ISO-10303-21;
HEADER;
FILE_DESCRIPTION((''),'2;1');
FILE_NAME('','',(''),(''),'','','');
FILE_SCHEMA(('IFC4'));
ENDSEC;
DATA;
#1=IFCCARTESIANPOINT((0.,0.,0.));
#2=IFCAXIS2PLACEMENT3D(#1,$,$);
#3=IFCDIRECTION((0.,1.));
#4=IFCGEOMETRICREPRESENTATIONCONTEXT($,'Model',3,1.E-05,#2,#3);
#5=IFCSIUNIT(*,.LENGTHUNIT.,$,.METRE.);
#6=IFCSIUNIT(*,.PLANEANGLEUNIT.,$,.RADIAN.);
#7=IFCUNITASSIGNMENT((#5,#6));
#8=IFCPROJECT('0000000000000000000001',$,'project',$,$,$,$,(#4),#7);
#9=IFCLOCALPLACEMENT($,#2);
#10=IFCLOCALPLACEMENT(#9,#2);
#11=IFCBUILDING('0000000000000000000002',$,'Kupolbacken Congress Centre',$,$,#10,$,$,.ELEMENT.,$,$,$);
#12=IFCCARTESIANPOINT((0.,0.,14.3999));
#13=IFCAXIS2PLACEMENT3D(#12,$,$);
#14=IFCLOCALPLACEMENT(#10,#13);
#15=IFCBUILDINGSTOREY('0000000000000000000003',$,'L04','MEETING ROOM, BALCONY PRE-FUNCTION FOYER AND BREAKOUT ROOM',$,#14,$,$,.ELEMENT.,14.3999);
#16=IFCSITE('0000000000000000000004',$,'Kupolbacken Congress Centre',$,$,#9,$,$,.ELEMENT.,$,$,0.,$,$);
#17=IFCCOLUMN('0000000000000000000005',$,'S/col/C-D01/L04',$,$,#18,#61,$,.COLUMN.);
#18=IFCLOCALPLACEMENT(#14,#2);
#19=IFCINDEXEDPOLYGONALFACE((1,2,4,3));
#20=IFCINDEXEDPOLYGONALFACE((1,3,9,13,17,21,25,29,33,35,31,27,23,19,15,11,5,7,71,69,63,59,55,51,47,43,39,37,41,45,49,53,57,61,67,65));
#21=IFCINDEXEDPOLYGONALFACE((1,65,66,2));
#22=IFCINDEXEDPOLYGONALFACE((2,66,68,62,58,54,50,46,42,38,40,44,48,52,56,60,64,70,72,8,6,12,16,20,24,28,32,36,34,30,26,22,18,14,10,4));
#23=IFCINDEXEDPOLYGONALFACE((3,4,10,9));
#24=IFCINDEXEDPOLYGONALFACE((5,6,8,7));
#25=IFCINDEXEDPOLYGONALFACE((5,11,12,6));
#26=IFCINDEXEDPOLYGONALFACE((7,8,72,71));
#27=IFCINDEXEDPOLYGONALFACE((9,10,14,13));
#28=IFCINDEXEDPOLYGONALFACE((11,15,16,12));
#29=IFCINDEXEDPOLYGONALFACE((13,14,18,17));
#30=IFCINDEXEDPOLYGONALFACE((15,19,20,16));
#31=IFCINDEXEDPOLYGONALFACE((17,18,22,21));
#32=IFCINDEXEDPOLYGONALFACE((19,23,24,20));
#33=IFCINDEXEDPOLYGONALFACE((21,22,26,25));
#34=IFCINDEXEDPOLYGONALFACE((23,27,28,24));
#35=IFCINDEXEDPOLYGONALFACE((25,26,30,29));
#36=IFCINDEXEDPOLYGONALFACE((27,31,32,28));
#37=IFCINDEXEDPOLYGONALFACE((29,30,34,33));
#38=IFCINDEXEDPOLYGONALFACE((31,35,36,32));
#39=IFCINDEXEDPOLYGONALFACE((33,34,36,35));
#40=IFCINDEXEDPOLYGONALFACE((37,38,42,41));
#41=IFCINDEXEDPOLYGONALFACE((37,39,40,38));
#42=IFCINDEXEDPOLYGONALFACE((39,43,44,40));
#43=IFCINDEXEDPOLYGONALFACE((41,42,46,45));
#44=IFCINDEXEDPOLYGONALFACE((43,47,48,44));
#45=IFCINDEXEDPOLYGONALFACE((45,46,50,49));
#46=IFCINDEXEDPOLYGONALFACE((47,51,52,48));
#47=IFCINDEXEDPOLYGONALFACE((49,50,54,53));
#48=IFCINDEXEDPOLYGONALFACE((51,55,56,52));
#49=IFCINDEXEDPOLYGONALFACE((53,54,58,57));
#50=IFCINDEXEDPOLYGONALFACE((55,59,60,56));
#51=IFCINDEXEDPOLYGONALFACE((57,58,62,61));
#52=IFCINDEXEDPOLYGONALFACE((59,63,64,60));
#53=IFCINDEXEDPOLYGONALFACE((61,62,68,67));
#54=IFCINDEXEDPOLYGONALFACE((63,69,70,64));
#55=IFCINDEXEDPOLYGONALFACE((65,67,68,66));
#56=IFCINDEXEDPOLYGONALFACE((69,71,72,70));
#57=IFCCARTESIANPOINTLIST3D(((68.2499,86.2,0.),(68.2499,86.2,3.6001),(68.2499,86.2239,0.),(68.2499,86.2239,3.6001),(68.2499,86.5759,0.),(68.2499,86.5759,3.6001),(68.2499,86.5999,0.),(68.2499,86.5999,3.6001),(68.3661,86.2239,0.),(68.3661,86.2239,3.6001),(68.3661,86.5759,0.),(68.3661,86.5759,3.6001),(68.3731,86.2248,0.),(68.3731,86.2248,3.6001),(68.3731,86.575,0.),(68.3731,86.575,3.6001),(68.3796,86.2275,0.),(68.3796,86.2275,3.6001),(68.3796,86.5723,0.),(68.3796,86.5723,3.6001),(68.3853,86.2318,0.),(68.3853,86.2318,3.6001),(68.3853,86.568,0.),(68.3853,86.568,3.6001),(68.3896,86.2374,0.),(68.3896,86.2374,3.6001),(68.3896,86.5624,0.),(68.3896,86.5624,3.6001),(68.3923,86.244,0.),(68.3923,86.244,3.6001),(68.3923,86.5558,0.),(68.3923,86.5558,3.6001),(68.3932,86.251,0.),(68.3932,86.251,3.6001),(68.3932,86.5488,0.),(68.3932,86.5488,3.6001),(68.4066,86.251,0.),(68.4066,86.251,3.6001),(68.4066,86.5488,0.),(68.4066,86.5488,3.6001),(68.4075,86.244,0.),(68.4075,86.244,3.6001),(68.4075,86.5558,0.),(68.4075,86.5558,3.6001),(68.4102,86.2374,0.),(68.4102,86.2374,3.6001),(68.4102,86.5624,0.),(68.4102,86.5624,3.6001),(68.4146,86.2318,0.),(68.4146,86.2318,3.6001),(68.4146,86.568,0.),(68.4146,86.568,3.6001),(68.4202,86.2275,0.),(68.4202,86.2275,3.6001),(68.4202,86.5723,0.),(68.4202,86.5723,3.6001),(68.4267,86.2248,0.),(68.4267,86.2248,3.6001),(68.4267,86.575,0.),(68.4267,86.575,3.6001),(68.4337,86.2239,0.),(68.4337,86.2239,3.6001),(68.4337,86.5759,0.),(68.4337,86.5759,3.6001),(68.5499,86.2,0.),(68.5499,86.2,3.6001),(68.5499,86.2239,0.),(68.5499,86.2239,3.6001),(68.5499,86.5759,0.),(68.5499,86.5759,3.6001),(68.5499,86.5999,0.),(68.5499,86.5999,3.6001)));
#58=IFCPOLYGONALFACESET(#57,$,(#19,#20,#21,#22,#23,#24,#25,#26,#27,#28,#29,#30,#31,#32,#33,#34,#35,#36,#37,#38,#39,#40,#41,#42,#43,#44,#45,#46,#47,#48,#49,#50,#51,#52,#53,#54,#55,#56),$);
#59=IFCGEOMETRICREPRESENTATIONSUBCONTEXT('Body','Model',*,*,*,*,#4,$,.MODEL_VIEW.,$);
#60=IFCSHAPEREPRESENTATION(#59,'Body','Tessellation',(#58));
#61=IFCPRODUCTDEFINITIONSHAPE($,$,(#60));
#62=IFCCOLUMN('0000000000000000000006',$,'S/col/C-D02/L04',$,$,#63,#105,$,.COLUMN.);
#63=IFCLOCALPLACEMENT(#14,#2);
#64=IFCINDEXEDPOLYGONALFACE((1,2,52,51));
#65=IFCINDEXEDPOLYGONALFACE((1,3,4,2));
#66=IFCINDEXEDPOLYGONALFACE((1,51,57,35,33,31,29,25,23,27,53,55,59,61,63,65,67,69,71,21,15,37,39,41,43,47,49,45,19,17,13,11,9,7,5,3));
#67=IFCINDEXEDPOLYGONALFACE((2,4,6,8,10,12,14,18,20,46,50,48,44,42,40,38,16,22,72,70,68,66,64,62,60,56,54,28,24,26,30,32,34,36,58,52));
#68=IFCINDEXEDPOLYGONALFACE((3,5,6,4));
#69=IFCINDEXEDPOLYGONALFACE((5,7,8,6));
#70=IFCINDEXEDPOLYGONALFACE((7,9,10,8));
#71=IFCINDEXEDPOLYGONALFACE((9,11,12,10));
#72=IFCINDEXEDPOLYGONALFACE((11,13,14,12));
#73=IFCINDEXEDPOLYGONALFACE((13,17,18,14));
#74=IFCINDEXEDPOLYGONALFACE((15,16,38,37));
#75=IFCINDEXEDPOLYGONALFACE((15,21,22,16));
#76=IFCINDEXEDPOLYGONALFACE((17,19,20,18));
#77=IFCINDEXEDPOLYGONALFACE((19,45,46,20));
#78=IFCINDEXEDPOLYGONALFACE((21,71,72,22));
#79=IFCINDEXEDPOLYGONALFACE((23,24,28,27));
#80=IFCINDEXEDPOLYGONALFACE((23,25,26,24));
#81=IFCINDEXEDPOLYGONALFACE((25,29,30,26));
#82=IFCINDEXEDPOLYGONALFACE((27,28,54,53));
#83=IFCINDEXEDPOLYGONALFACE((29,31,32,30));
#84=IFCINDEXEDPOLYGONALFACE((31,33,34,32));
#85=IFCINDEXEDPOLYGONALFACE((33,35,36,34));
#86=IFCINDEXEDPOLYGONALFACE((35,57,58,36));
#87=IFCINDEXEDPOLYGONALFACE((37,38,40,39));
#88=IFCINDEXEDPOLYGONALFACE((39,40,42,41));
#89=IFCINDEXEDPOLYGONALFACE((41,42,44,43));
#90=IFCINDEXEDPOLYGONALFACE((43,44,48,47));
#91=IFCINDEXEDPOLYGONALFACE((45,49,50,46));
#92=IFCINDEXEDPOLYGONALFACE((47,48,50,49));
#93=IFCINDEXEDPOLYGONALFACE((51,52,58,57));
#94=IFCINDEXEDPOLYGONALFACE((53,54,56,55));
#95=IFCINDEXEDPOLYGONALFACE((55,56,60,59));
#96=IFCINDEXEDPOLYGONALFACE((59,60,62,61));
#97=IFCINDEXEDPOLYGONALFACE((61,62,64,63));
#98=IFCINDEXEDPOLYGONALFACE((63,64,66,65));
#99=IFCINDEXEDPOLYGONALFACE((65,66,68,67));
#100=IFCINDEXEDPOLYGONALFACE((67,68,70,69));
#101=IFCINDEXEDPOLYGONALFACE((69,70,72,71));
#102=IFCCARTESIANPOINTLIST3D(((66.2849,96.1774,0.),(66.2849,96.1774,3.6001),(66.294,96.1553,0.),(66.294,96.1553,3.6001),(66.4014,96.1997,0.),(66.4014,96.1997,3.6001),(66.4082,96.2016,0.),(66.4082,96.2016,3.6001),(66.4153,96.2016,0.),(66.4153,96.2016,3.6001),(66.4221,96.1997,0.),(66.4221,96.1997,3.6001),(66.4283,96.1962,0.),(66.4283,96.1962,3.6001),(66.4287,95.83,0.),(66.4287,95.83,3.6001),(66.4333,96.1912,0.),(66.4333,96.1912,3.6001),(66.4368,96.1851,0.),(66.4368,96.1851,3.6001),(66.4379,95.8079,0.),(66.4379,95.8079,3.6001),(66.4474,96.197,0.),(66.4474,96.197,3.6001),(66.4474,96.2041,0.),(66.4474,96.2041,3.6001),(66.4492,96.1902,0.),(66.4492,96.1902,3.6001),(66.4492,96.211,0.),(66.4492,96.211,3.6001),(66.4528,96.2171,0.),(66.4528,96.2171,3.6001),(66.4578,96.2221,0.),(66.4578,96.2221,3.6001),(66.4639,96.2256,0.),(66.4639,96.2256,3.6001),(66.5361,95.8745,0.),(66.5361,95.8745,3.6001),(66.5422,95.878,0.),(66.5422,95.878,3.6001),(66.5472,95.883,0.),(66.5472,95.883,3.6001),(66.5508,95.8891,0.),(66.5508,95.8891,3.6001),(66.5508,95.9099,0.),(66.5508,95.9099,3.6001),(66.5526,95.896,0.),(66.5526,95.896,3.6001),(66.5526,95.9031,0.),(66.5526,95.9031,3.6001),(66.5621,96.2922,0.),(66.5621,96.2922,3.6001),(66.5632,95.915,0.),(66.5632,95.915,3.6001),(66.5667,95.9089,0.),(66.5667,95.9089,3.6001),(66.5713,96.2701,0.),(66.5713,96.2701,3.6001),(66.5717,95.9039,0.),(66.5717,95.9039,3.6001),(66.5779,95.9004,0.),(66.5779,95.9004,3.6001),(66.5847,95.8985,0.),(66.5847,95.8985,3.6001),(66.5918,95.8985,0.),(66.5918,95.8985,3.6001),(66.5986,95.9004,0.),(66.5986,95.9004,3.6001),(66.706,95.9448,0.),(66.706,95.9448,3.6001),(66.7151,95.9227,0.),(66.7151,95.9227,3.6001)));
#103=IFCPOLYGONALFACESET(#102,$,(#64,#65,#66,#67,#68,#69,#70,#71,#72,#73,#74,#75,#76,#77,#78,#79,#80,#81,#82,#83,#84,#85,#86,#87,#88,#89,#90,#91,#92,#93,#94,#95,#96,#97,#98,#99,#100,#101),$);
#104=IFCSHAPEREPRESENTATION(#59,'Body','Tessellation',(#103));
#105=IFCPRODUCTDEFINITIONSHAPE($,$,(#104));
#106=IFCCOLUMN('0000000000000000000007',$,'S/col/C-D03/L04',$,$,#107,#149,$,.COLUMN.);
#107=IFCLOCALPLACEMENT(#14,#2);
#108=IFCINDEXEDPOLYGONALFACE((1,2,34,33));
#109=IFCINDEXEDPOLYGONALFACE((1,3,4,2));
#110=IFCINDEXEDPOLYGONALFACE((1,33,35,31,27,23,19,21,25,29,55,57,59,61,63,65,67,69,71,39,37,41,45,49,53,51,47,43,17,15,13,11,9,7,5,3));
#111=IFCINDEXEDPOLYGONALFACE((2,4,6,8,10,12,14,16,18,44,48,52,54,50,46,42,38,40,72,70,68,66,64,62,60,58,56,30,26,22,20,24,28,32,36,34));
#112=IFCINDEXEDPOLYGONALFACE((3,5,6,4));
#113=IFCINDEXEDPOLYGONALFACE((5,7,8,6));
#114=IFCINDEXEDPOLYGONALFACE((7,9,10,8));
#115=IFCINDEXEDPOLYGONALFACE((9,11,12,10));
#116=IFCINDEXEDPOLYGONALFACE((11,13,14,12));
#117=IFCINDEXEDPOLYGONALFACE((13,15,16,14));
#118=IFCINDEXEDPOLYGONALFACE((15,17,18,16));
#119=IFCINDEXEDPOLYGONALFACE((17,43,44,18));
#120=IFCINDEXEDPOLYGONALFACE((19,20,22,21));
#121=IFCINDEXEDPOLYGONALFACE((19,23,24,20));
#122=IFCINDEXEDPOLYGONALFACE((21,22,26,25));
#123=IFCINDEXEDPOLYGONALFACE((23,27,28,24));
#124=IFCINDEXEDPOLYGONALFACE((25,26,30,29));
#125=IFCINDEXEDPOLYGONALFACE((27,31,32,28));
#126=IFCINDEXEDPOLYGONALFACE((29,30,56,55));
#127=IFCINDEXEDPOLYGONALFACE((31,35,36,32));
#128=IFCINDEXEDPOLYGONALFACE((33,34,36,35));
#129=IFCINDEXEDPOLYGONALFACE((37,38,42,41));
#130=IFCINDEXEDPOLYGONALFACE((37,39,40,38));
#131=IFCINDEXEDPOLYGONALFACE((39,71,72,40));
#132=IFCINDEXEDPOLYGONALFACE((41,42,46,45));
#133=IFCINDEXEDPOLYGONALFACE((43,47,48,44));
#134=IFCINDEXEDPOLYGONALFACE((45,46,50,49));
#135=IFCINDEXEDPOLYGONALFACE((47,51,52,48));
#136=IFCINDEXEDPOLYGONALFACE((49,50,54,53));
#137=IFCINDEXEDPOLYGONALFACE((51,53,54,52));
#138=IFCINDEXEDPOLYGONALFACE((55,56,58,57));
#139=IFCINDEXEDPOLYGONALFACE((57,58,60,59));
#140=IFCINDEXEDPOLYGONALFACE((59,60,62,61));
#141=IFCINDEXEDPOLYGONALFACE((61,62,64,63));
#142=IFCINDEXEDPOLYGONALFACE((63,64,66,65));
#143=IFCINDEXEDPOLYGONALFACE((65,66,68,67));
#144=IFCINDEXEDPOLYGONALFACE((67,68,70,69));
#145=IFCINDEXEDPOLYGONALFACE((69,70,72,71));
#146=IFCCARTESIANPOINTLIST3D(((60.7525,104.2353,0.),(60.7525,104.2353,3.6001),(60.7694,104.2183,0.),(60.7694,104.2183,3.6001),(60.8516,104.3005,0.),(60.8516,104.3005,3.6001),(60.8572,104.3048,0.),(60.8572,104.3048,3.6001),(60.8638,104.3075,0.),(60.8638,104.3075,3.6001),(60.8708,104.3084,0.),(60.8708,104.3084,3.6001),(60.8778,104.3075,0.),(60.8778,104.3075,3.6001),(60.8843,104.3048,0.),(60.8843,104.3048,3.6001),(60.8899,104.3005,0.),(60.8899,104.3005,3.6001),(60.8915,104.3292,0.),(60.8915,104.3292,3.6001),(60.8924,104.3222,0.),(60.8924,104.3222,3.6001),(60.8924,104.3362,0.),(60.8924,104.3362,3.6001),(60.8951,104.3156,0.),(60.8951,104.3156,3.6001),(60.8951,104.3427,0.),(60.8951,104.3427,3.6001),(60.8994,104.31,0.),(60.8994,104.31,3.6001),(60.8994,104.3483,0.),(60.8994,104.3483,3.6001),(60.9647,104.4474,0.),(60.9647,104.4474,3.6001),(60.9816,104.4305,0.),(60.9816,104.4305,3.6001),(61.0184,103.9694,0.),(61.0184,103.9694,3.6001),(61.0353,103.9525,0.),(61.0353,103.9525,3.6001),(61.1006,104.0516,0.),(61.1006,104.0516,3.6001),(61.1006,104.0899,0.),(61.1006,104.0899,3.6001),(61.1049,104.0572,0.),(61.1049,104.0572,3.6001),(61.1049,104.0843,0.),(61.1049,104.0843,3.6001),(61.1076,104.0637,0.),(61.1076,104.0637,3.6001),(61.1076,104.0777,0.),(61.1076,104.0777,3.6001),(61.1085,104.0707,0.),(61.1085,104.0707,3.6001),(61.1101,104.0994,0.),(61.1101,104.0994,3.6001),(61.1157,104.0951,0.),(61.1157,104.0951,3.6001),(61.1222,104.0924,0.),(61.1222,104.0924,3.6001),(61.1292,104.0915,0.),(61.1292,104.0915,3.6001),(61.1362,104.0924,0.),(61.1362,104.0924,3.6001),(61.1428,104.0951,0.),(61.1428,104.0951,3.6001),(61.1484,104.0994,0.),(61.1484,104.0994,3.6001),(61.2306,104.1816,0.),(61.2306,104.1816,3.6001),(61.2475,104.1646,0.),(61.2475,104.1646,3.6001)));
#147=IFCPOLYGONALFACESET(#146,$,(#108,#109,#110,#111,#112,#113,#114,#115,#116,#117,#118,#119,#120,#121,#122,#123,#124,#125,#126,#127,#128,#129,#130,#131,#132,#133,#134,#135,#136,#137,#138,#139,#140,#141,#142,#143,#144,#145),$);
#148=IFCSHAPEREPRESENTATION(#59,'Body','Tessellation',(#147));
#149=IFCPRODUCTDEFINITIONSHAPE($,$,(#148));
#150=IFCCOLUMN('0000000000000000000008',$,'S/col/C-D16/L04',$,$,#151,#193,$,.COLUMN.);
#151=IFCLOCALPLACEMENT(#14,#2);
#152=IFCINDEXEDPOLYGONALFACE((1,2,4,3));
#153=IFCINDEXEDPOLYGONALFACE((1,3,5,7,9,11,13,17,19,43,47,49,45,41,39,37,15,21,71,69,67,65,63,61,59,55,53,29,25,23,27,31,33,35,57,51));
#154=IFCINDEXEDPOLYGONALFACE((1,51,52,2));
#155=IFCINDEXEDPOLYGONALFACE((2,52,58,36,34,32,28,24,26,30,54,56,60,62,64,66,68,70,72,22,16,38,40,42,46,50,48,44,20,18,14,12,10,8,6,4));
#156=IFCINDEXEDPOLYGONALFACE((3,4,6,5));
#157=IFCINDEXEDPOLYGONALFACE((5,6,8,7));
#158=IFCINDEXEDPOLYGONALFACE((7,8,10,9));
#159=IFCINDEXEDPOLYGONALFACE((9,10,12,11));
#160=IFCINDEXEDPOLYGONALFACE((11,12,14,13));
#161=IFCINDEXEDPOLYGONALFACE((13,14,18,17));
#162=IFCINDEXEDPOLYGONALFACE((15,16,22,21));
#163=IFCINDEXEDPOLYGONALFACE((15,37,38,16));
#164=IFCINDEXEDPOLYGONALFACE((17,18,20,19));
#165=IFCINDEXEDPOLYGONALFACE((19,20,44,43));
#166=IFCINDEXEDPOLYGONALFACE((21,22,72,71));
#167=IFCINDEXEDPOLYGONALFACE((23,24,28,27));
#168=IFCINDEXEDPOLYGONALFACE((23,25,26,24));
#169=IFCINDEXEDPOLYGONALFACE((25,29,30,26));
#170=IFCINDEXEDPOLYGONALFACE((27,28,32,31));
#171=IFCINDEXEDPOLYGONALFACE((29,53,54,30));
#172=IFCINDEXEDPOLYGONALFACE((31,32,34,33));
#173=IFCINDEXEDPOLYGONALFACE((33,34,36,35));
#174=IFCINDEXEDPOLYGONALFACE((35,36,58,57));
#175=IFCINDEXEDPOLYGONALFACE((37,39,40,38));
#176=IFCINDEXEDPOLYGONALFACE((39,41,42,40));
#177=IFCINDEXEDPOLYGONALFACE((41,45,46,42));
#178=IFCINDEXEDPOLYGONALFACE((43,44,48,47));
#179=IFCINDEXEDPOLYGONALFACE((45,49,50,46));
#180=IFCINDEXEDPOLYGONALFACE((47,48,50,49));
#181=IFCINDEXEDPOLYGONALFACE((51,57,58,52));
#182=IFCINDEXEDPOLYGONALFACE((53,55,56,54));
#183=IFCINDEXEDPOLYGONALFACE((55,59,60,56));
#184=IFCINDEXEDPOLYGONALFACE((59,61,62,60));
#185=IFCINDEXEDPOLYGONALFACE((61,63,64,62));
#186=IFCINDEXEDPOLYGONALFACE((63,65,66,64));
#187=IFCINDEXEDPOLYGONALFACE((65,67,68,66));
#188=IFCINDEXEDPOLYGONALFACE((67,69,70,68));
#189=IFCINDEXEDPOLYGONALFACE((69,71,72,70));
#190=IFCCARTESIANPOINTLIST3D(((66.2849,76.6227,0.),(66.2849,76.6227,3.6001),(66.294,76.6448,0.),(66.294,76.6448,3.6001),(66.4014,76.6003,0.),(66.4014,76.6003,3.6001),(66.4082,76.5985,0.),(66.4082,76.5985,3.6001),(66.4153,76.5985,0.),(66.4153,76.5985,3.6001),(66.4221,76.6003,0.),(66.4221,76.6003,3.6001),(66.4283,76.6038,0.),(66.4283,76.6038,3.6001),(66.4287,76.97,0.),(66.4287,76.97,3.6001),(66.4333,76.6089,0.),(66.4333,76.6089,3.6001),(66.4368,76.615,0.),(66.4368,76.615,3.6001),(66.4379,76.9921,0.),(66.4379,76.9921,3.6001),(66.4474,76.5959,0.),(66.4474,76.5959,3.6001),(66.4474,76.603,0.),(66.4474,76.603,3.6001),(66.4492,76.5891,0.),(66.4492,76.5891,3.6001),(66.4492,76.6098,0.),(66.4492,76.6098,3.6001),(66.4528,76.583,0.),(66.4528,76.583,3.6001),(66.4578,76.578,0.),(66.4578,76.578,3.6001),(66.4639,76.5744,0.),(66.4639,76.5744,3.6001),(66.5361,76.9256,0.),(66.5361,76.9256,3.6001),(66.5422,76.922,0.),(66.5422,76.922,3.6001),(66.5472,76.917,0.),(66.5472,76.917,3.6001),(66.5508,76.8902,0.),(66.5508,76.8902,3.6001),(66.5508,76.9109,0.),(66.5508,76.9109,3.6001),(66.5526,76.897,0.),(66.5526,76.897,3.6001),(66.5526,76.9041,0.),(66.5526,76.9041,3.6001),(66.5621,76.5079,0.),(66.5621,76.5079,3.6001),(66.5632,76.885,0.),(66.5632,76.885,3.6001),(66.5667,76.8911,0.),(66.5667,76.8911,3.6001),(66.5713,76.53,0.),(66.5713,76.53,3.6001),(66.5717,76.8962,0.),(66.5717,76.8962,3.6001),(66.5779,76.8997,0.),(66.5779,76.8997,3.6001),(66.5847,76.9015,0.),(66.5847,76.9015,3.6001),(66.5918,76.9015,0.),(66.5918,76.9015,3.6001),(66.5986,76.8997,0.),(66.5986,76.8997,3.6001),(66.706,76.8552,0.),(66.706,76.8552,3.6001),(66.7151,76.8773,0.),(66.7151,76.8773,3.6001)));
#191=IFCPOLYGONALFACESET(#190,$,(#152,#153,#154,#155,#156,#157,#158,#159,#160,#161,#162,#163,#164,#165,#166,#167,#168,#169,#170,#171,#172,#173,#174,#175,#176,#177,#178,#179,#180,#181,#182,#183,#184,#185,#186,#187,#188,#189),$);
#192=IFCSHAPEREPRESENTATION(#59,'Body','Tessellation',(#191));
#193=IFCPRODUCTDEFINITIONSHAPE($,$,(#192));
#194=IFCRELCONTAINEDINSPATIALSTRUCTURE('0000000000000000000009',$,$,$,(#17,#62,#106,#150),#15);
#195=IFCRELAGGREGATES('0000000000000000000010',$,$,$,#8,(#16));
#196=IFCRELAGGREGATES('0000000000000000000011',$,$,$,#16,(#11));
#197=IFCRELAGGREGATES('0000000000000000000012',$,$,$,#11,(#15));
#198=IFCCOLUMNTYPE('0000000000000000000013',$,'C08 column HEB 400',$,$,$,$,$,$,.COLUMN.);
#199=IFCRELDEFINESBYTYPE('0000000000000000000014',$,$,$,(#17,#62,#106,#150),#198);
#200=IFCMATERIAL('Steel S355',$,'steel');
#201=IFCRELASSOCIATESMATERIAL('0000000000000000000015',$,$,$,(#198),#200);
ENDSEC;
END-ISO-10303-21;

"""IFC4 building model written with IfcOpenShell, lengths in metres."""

from ifc_helpers import new_model, si_unit, direction, frame, origin, origin_2d, place, context, subcontext, project, spatial, i_section, extrude, material, material_profile, profile_set, type_object, element, save


model = new_model("IFC4")

# Units and contexts
model_context = context("Model", 3, precision=1e-05, world=origin(), true_north=direction((0.0, 1.0)))
body_context = subcontext(model_context, "Body", "Model", "MODEL_VIEW")
ifc_project = project(units=[si_unit("LENGTHUNIT", "METRE"), si_unit("PLANEANGLEUNIT", "RADIAN")], contexts=[model_context])

# Site, building, storey
site_placement = place(None, origin())
site = spatial("IfcSite", under=ifc_project, at=site_placement, Name="Kupolbacken Congress Centre", CompositionType="ELEMENT", RefElevation=0.0)
building_placement = place(site_placement, origin())
building = spatial("IfcBuilding", under=site, at=building_placement, Name="Kupolbacken Congress Centre", CompositionType="ELEMENT")
storey_placement = place(building_placement, frame((0.0, 0.0, 14.3999)))
storey = spatial("IfcBuildingStorey", under=building, at=storey_placement, Name="L04", Description="MEETING ROOM, BALCONY PRE-FUNCTION FOYER AND BREAKOUT ROOM", CompositionType="ELEMENT", Elevation=14.3999)

# Columns
ifc_material_1 = material(Name="Steel S355", Category="steel")
ifc_material_profile_1 = material_profile(ifc_material_1, i_section(OverallWidth=0.3, OverallDepth=0.3999, WebThickness=0.0134, FlangeThickness=0.0239, FilletRadius=0.0271, at=origin_2d()), Name="HEB 400")
ifc_profile_set_1 = profile_set([ifc_material_profile_1], Name="Steel S355")
column_type = type_object("IfcColumnType", Name="C08 column HEB 400", PredefinedType="COLUMN", material=ifc_profile_set_1)
for number, where, z_axis, x_axis, name in (
    (1, (68.3999, 86.3999, 0.0), (0.0, 0.0, 1.0), (1.0, 0.0, 0.0), "S/col/C-D01/L04"),
    (2, (66.5, 96.05, 0.0), (0.0, 0.0, 1.0), (0.923896, 0.382644, 0.0), "S/col/C-D02/L04"),
    (3, (61.0, 104.2, 0.0), (0.0, 0.0, 1.0), (0.707107, 0.707107, 0.0), "S/col/C-D03/L04"),
    (4, (66.5, 76.75, 0.0), (0.0, 0.0, 1.0), (0.923896, -0.382644, 0.0), "S/col/C-D16/L04"),
):
    element("IfcColumn", number, at=place(storey_placement, frame(where, z_axis=z_axis, x_axis=x_axis)), inside=storey, type_object=column_type, Name=name, PredefinedType="COLUMN", context=body_context, shape_type="SweptSolid", body=[
        extrude(i_section(OverallWidth=0.3, OverallDepth=0.3999, WebThickness=0.0134, FlangeThickness=0.0239, FilletRadius=0.0271, at=origin_2d()), origin(), (0.0, 0.0, 1.0), 3.6001),
    ])

save(model, "model.ifc")
